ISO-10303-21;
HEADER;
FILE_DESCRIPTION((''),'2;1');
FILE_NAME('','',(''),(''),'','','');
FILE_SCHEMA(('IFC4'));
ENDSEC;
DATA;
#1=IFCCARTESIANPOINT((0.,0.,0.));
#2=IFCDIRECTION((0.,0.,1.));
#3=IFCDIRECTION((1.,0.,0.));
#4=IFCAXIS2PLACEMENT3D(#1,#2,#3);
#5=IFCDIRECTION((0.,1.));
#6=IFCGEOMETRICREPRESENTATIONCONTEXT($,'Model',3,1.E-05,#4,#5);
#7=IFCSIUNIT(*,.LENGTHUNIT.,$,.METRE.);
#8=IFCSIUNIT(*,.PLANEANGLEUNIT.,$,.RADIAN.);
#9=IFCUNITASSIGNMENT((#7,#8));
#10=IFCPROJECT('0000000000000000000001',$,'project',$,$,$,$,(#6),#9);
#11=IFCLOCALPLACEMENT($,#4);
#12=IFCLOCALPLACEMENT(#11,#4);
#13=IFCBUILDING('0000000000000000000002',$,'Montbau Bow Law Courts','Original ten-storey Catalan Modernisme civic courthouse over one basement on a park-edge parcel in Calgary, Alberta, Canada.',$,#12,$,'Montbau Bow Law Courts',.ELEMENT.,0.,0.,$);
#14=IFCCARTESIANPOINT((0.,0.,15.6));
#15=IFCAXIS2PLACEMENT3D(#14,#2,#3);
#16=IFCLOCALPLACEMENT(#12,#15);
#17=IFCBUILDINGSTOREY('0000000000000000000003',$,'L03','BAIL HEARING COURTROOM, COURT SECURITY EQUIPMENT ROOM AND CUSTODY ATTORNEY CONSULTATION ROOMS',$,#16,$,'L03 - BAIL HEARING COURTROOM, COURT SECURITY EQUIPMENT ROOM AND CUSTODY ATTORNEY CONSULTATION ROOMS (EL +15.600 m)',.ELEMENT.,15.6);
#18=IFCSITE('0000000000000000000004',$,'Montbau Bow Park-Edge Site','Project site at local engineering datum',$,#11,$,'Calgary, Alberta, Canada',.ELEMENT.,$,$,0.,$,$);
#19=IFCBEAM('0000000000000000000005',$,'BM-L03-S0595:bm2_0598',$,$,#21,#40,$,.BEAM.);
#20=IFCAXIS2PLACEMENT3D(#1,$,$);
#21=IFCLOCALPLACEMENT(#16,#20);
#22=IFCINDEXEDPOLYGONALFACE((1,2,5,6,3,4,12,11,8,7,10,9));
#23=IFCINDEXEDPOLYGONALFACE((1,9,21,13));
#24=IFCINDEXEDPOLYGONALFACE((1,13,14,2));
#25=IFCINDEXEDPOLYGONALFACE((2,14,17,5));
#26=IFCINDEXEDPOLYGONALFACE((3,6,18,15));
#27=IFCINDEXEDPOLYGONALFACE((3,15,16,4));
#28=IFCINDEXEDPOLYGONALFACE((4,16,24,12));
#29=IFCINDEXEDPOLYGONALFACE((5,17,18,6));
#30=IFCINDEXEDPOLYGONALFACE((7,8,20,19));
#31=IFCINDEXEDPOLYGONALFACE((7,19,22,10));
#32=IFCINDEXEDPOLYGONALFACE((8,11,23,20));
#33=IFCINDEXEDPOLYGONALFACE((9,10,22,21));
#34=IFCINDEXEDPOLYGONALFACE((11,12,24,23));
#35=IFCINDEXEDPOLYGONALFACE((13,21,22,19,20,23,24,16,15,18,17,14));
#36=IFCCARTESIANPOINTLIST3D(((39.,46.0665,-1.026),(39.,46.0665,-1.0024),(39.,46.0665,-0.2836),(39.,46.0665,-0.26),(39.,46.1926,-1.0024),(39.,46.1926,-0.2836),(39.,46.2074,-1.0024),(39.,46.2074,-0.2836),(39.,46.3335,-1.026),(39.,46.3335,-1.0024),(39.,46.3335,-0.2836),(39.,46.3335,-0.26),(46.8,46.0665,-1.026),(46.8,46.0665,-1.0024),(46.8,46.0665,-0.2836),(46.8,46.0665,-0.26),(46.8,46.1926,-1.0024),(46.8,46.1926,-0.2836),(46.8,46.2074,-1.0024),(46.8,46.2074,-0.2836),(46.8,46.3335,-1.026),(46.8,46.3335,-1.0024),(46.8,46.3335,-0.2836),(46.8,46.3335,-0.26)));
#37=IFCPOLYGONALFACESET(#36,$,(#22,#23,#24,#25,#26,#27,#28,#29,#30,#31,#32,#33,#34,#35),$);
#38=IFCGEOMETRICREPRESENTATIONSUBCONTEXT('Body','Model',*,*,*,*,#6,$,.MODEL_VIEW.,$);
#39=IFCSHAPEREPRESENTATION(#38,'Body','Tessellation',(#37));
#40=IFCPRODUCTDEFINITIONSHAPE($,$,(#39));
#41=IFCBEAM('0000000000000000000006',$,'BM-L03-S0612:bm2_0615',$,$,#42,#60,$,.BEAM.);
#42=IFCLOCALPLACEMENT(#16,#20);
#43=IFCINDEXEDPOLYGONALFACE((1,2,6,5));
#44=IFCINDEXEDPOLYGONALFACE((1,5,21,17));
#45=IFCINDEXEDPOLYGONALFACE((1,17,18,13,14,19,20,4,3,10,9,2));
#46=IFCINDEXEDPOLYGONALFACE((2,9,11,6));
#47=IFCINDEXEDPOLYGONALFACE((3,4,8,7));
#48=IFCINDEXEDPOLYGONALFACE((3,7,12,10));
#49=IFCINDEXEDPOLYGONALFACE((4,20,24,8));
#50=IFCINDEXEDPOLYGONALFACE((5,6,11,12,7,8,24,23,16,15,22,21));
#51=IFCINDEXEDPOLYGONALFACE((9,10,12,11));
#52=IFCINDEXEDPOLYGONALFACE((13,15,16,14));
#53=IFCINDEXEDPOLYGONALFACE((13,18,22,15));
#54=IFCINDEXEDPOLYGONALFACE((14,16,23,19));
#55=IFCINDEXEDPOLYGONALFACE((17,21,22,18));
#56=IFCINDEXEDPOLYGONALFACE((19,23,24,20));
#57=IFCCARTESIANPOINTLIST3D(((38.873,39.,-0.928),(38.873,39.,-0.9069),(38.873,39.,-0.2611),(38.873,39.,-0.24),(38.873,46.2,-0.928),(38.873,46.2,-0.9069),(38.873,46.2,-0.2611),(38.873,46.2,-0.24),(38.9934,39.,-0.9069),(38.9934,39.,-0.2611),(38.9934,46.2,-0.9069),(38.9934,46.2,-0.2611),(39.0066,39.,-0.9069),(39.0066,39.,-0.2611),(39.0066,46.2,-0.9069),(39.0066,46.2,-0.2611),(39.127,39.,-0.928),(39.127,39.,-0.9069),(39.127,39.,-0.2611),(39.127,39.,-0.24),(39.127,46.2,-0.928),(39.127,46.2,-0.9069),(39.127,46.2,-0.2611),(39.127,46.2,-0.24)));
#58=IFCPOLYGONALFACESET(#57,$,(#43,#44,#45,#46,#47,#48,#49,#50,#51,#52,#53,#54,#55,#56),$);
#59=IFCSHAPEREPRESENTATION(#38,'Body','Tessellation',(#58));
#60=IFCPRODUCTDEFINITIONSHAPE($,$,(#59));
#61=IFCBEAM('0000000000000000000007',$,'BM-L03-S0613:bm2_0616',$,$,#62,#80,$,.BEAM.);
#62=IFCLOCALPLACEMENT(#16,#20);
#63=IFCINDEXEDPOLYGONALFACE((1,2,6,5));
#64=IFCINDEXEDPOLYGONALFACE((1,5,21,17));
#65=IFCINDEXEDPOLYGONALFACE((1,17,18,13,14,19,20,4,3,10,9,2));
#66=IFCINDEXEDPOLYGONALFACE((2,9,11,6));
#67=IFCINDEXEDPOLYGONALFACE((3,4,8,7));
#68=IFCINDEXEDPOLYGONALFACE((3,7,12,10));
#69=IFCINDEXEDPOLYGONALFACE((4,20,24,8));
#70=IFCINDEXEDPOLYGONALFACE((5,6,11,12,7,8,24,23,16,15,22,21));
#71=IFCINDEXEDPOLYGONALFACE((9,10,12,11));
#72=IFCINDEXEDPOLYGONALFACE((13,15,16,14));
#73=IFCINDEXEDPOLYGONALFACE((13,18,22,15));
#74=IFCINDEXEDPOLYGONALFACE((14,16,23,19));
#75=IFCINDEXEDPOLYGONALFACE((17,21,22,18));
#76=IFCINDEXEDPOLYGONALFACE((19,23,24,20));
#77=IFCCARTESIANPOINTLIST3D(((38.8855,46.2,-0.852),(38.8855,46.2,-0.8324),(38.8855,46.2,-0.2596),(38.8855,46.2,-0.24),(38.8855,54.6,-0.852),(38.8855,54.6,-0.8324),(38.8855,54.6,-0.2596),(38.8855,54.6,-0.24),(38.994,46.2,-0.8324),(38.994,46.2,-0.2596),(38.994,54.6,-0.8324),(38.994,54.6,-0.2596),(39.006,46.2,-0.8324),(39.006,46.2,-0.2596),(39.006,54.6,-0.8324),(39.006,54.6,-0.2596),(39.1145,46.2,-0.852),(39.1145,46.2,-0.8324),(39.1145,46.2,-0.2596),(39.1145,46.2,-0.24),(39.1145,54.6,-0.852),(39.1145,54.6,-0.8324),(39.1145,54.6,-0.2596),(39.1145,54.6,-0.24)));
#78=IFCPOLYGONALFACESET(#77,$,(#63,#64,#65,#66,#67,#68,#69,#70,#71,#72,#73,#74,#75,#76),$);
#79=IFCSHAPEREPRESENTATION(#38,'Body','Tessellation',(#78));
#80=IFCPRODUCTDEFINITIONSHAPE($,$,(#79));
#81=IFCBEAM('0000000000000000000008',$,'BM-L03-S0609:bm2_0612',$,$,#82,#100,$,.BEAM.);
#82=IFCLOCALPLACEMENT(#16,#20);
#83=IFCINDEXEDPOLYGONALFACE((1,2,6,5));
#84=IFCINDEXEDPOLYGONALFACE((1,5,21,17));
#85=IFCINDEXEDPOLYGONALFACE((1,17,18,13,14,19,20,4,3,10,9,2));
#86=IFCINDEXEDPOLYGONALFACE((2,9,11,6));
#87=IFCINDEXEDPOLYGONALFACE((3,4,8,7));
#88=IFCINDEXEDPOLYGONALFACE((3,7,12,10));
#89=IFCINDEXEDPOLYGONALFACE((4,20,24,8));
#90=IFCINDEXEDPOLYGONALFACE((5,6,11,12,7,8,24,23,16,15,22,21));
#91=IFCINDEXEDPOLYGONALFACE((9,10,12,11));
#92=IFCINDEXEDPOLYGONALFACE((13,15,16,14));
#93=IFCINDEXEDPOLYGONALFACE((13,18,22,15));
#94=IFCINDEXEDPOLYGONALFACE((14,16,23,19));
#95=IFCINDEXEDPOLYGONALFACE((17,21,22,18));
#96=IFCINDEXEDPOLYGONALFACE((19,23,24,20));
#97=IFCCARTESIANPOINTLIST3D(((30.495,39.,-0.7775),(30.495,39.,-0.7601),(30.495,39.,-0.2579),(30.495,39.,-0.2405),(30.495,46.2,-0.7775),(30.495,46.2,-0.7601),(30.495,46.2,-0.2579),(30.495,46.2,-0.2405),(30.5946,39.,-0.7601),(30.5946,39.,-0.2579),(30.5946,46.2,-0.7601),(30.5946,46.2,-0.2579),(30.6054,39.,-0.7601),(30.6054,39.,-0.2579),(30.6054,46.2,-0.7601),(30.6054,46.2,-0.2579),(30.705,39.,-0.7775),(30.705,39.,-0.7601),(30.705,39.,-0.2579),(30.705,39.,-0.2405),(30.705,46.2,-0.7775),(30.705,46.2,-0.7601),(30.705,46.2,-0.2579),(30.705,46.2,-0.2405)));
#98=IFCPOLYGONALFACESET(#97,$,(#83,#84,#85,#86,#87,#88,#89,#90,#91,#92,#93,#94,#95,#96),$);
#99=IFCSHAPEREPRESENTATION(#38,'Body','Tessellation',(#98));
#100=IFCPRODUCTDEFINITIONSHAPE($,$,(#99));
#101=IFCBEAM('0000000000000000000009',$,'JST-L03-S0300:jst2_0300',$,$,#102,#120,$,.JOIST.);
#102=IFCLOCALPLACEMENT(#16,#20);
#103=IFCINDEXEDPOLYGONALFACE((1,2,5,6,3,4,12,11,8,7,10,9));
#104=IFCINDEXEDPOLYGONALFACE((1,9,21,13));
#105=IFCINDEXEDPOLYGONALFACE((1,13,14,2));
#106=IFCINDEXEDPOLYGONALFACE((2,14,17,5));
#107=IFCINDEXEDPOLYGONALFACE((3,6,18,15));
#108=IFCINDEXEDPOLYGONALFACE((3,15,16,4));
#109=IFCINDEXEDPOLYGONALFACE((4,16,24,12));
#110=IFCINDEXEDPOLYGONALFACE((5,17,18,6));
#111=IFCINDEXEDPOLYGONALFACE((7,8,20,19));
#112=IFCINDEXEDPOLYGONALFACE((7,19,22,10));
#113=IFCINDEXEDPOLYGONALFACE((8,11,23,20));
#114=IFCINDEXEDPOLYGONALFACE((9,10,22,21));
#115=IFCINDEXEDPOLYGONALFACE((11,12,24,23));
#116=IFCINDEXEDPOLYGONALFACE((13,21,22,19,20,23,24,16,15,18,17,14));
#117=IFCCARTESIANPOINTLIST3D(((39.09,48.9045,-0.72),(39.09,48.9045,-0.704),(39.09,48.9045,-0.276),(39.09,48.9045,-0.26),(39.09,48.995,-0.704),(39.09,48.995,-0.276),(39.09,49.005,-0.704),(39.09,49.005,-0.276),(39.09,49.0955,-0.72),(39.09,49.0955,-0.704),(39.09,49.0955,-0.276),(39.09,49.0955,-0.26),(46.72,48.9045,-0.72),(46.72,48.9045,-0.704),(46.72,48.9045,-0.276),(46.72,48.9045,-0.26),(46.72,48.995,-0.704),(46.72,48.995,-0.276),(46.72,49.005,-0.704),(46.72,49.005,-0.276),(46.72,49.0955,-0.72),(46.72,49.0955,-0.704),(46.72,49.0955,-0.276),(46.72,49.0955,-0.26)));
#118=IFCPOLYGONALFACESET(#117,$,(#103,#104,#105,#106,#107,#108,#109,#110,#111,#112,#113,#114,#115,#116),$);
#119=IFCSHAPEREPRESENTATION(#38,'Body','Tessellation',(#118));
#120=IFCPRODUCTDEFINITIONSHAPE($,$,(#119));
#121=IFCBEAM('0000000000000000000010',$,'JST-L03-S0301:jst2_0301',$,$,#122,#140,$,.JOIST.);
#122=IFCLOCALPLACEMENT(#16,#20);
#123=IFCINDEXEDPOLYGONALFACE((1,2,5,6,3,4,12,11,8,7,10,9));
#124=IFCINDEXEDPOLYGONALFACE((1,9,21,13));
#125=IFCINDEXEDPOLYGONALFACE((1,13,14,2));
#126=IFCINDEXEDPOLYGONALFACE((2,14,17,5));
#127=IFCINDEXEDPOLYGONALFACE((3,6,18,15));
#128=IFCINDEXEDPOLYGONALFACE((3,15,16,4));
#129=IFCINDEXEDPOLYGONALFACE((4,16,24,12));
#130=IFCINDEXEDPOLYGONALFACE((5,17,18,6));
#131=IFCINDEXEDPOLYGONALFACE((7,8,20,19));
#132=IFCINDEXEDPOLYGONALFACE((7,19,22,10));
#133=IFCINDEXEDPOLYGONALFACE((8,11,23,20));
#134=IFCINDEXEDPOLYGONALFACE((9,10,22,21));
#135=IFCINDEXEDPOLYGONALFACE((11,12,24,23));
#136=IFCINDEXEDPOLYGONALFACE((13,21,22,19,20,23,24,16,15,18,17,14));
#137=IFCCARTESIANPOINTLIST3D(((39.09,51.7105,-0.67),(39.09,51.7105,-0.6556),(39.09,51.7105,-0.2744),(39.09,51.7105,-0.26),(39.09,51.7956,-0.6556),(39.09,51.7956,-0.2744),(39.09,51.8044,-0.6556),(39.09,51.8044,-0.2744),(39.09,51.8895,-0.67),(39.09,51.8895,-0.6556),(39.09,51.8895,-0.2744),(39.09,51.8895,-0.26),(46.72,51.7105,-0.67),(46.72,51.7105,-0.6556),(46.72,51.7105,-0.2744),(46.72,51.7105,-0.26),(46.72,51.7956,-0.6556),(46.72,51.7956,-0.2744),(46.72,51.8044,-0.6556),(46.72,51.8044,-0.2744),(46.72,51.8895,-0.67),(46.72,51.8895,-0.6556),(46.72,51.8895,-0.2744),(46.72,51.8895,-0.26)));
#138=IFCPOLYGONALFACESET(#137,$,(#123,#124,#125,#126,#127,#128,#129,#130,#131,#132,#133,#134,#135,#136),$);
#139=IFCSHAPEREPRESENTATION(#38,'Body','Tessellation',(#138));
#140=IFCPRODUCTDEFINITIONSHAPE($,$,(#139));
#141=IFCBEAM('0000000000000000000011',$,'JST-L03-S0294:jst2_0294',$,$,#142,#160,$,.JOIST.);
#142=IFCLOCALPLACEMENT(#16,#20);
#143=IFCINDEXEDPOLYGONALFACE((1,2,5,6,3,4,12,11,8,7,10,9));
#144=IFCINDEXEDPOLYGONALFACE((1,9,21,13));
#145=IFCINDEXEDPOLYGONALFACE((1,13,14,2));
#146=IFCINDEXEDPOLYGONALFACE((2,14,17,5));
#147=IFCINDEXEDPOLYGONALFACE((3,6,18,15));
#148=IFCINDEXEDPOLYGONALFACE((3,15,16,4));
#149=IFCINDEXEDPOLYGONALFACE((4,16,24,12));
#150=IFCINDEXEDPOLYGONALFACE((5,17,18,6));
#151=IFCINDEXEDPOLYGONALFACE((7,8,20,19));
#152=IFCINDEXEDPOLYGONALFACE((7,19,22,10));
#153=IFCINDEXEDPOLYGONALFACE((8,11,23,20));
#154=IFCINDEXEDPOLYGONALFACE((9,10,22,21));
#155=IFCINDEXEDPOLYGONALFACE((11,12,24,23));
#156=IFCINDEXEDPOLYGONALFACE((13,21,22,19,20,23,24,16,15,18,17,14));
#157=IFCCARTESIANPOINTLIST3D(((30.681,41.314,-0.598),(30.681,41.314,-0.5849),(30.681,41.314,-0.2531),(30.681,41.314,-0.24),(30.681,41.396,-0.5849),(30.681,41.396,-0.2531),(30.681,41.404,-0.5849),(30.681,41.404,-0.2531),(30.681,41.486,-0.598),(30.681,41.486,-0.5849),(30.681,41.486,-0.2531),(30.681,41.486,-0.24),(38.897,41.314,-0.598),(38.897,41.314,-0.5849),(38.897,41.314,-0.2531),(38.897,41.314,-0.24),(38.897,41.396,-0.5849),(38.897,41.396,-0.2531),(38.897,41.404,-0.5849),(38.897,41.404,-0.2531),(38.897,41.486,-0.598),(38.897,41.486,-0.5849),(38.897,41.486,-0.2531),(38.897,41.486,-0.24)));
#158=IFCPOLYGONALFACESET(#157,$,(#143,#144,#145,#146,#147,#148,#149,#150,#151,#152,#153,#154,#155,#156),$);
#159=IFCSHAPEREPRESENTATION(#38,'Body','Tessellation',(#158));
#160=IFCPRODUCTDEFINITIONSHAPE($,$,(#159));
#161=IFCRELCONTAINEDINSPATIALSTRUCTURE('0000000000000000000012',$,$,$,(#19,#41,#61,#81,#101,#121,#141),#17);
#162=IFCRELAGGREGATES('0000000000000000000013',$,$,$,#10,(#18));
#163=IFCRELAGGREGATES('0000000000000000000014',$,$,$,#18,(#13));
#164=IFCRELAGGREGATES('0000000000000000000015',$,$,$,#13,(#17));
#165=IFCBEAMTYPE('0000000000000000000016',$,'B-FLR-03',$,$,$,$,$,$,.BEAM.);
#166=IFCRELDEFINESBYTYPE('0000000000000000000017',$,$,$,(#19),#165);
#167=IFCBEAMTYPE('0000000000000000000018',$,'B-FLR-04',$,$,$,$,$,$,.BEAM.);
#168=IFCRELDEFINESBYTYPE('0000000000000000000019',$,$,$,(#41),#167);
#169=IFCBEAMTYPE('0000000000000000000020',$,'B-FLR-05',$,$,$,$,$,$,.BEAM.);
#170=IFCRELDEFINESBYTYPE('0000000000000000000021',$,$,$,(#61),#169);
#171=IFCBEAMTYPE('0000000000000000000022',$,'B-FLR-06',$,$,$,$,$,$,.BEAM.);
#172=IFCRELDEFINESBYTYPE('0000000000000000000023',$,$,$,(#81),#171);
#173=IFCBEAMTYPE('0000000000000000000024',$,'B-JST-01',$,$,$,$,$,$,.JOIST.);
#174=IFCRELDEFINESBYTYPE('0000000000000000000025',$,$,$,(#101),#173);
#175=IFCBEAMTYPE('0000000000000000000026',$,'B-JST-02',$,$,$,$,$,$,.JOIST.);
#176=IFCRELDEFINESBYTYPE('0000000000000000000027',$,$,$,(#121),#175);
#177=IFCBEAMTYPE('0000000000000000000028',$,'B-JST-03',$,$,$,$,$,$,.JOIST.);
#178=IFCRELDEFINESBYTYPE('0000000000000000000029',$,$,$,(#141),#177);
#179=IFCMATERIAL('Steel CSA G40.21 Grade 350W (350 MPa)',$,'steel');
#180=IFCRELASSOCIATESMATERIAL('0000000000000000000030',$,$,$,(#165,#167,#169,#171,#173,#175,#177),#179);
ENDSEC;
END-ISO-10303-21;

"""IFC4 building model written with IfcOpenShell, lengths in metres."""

from ifc_helpers import new_model, si_unit, direction, frame, origin_with_axes, origin_2d_with_axis, place, context, subcontext, project, spatial, i_section, extrude, material, material_profile, profile_set, type_object, element, save


model = new_model("IFC4")

# Units and contexts
model_context = context("Model", 3, precision=1e-05, world=origin_with_axes(), true_north=direction((0.0, 1.0)))
body_context = subcontext(model_context, "Body", "Model", "MODEL_VIEW")
ifc_project = project(units=[si_unit("LENGTHUNIT", "METRE"), si_unit("PLANEANGLEUNIT", "RADIAN")], contexts=[model_context])

# Site, building, storey
site_placement = place(None, origin_with_axes())
site = spatial("IfcSite", under=ifc_project, at=site_placement, Name="Montbau Bow Park-Edge Site", Description="Project site at local engineering datum", LongName="Calgary, Alberta, Canada", CompositionType="ELEMENT", RefElevation=0.0)
building_placement = place(site_placement, origin_with_axes())
building = spatial("IfcBuilding", under=site, at=building_placement, Name="Montbau Bow Law Courts", Description="Original ten-storey Catalan Modernisme civic courthouse over one basement on a park-edge parcel in Calgary, Alberta, Canada.", LongName="Montbau Bow Law Courts", CompositionType="ELEMENT", ElevationOfRefHeight=0.0, ElevationOfTerrain=0.0)
storey_placement = place(building_placement, frame((0.0, 0.0, 15.6), z_axis=(0.0, 0.0, 1.0), x_axis=(1.0, 0.0, 0.0)))
storey = spatial("IfcBuildingStorey", under=building, at=storey_placement, Name="L03", Description="BAIL HEARING COURTROOM, COURT SECURITY EQUIPMENT ROOM AND CUSTODY ATTORNEY CONSULTATION ROOMS", LongName="L03 - BAIL HEARING COURTROOM, COURT SECURITY EQUIPMENT ROOM AND CUSTODY ATTORNEY CONSULTATION ROOMS (EL +15.600 m)", CompositionType="ELEMENT", Elevation=15.6)

# Shared definitions
ifc_material_1 = material(Name="Steel CSA G40.21 Grade 350W (350 MPa)", Category="steel")

# Beams
ifc_material_profile_1 = material_profile(ifc_material_1, i_section(OverallWidth=0.267, OverallDepth=0.766, WebThickness=0.0149, FlangeThickness=0.0236, at=origin_2d_with_axis()), Name="W760X185", Category="Main", Priority=0)
ifc_profile_set_1 = profile_set([ifc_material_profile_1], Name="Steel CSA G40.21 Grade 350W (350 MPa)")
beam_type_1 = type_object("IfcBeamType", Name="B-FLR-03", PredefinedType="BEAM", material=ifc_profile_set_1)
for number, where, z_axis, x_axis, name in (
    (1, (39.0, 46.2, 14.957), (1.0, 0.0, 0.0), (0.0, 1.0, 0.0), "BM-L03-S0595:bm2_0598"),
):
    element("IfcBeam", number, at=place(None, frame(where, z_axis=z_axis, x_axis=x_axis)), inside=storey, type_object=beam_type_1, Name=name, PredefinedType="BEAM", context=body_context, shape_type="SweptSolid", body=[
        extrude(i_section(OverallWidth=0.267, OverallDepth=0.766, WebThickness=0.0149, FlangeThickness=0.0236, at=origin_2d_with_axis()), origin_with_axes(), (0.0, 0.0, 1.0), 7.8),
    ])
ifc_material_profile_2 = material_profile(ifc_material_1, i_section(OverallWidth=0.254, OverallDepth=0.688, WebThickness=0.0131, FlangeThickness=0.0211, at=origin_2d_with_axis()), Name="W690X152", Category="Main", Priority=0)
ifc_profile_set_2 = profile_set([ifc_material_profile_2], Name="Steel CSA G40.21 Grade 350W (350 MPa)")
beam_type_2 = type_object("IfcBeamType", Name="B-FLR-04", PredefinedType="BEAM", material=ifc_profile_set_2)
beam_1_placement = place(None, frame((39.0, 39.0, 15.016), z_axis=(0.0, 1.0, 0.0), x_axis=(-1.0, 0.0, 0.0)))
element("IfcBeam", 2, at=beam_1_placement, inside=storey, type_object=beam_type_2, Name="BM-L03-S0612:bm2_0615", PredefinedType="BEAM", context=body_context, shape_type="SweptSolid", body=[
    extrude(i_section(OverallWidth=0.254, OverallDepth=0.688, WebThickness=0.0131, FlangeThickness=0.0211, at=origin_2d_with_axis()), origin_with_axes(), (0.0, 0.0, 1.0), 7.2),
])
ifc_material_profile_3 = material_profile(ifc_material_1, i_section(OverallWidth=0.229, OverallDepth=0.612, WebThickness=0.0119, FlangeThickness=0.0196, at=origin_2d_with_axis()), Name="W610X125", Category="Main", Priority=0)
ifc_profile_set_3 = profile_set([ifc_material_profile_3], Name="Steel CSA G40.21 Grade 350W (350 MPa)")
beam_type_3 = type_object("IfcBeamType", Name="B-FLR-05", PredefinedType="BEAM", material=ifc_profile_set_3)
beam_2_placement = place(None, frame((39.0, 46.2, 15.054), z_axis=(0.0, 1.0, 0.0), x_axis=(-1.0, 0.0, 0.0)))
element("IfcBeam", 3, at=beam_2_placement, inside=storey, type_object=beam_type_3, Name="BM-L03-S0613:bm2_0616", PredefinedType="BEAM", context=body_context, shape_type="SweptSolid", body=[
    extrude(i_section(OverallWidth=0.229, OverallDepth=0.612, WebThickness=0.0119, FlangeThickness=0.0196, at=origin_2d_with_axis()), origin_with_axes(), (0.0, 0.0, 1.0), 8.4),
])
ifc_material_profile_4 = material_profile(ifc_material_1, i_section(OverallWidth=0.21, OverallDepth=0.537, WebThickness=0.0109, FlangeThickness=0.0174, at=origin_2d_with_axis()), Name="W530X101", Category="Main", Priority=0)
ifc_profile_set_4 = profile_set([ifc_material_profile_4], Name="Steel CSA G40.21 Grade 350W (350 MPa)")
beam_type_4 = type_object("IfcBeamType", Name="B-FLR-06", PredefinedType="BEAM", material=ifc_profile_set_4)
beam_3_placement = place(None, frame((30.6, 39.0, 15.091), z_axis=(0.0, 1.0, 0.0), x_axis=(-1.0, 0.0, 0.0)))
element("IfcBeam", 4, at=beam_3_placement, inside=storey, type_object=beam_type_4, Name="BM-L03-S0609:bm2_0612", PredefinedType="BEAM", context=body_context, shape_type="SweptSolid", body=[
    extrude(i_section(OverallWidth=0.21, OverallDepth=0.537, WebThickness=0.0109, FlangeThickness=0.0174, at=origin_2d_with_axis()), origin_with_axes(), (0.0, 0.0, 1.0), 7.2),
])
ifc_material_profile_5 = material_profile(ifc_material_1, i_section(OverallWidth=0.191, OverallDepth=0.46, WebThickness=0.0099, FlangeThickness=0.016, at=origin_2d_with_axis()), Name="W460X82", Category="Main", Priority=0)
ifc_profile_set_5 = profile_set([ifc_material_profile_5], Name="Steel CSA G40.21 Grade 350W (350 MPa)")
beam_type_5 = type_object("IfcBeamType", Name="B-JST-01", PredefinedType="JOIST", material=ifc_profile_set_5)
beam_4_placement = place(None, frame((39.09, 49.0, 15.11), z_axis=(1.0, 0.0, 0.0), x_axis=(0.0, 1.0, 0.0)))
element("IfcBeam", 5, at=beam_4_placement, inside=storey, type_object=beam_type_5, Name="JST-L03-S0300:jst2_0300", PredefinedType="JOIST", context=body_context, shape_type="SweptSolid", body=[
    extrude(i_section(OverallWidth=0.191, OverallDepth=0.46, WebThickness=0.0099, FlangeThickness=0.016, at=origin_2d_with_axis()), origin_with_axes(), (0.0, 0.0, 1.0), 7.63),
])
ifc_material_profile_6 = material_profile(ifc_material_1, i_section(OverallWidth=0.179, OverallDepth=0.41, WebThickness=0.0088, FlangeThickness=0.0144, at=origin_2d_with_axis()), Name="W410X67", Category="Main", Priority=0)
ifc_profile_set_6 = profile_set([ifc_material_profile_6], Name="Steel CSA G40.21 Grade 350W (350 MPa)")
beam_type_6 = type_object("IfcBeamType", Name="B-JST-02", PredefinedType="JOIST", material=ifc_profile_set_6)
beam_5_placement = place(None, frame((39.09, 51.8, 15.135), z_axis=(1.0, 0.0, 0.0), x_axis=(0.0, 1.0, 0.0)))
element("IfcBeam", 6, at=beam_5_placement, inside=storey, type_object=beam_type_6, Name="JST-L03-S0301:jst2_0301", PredefinedType="JOIST", context=body_context, shape_type="SweptSolid", body=[
    extrude(i_section(OverallWidth=0.179, OverallDepth=0.41, WebThickness=0.0088, FlangeThickness=0.0144, at=origin_2d_with_axis()), origin_with_axes(), (0.0, 0.0, 1.0), 7.63),
])
ifc_material_profile_7 = material_profile(ifc_material_1, i_section(OverallWidth=0.172, OverallDepth=0.358, WebThickness=0.0079, FlangeThickness=0.0131, at=origin_2d_with_axis()), Name="W360X57", Category="Main", Priority=0)
ifc_profile_set_7 = profile_set([ifc_material_profile_7], Name="Steel CSA G40.21 Grade 350W (350 MPa)")
beam_type_7 = type_object("IfcBeamType", Name="B-JST-03", PredefinedType="JOIST", material=ifc_profile_set_7)
beam_6_placement = place(None, frame((30.681, 41.4, 15.181), z_axis=(1.0, 0.0, 0.0), x_axis=(0.0, 1.0, 0.0)))
element("IfcBeam", 7, at=beam_6_placement, inside=storey, type_object=beam_type_7, Name="JST-L03-S0294:jst2_0294", PredefinedType="JOIST", context=body_context, shape_type="SweptSolid", body=[
    extrude(i_section(OverallWidth=0.172, OverallDepth=0.358, WebThickness=0.0079, FlangeThickness=0.0131, at=origin_2d_with_axis()), origin_with_axes(), (0.0, 0.0, 1.0), 8.216),
])

save(model, "model.ifc")
